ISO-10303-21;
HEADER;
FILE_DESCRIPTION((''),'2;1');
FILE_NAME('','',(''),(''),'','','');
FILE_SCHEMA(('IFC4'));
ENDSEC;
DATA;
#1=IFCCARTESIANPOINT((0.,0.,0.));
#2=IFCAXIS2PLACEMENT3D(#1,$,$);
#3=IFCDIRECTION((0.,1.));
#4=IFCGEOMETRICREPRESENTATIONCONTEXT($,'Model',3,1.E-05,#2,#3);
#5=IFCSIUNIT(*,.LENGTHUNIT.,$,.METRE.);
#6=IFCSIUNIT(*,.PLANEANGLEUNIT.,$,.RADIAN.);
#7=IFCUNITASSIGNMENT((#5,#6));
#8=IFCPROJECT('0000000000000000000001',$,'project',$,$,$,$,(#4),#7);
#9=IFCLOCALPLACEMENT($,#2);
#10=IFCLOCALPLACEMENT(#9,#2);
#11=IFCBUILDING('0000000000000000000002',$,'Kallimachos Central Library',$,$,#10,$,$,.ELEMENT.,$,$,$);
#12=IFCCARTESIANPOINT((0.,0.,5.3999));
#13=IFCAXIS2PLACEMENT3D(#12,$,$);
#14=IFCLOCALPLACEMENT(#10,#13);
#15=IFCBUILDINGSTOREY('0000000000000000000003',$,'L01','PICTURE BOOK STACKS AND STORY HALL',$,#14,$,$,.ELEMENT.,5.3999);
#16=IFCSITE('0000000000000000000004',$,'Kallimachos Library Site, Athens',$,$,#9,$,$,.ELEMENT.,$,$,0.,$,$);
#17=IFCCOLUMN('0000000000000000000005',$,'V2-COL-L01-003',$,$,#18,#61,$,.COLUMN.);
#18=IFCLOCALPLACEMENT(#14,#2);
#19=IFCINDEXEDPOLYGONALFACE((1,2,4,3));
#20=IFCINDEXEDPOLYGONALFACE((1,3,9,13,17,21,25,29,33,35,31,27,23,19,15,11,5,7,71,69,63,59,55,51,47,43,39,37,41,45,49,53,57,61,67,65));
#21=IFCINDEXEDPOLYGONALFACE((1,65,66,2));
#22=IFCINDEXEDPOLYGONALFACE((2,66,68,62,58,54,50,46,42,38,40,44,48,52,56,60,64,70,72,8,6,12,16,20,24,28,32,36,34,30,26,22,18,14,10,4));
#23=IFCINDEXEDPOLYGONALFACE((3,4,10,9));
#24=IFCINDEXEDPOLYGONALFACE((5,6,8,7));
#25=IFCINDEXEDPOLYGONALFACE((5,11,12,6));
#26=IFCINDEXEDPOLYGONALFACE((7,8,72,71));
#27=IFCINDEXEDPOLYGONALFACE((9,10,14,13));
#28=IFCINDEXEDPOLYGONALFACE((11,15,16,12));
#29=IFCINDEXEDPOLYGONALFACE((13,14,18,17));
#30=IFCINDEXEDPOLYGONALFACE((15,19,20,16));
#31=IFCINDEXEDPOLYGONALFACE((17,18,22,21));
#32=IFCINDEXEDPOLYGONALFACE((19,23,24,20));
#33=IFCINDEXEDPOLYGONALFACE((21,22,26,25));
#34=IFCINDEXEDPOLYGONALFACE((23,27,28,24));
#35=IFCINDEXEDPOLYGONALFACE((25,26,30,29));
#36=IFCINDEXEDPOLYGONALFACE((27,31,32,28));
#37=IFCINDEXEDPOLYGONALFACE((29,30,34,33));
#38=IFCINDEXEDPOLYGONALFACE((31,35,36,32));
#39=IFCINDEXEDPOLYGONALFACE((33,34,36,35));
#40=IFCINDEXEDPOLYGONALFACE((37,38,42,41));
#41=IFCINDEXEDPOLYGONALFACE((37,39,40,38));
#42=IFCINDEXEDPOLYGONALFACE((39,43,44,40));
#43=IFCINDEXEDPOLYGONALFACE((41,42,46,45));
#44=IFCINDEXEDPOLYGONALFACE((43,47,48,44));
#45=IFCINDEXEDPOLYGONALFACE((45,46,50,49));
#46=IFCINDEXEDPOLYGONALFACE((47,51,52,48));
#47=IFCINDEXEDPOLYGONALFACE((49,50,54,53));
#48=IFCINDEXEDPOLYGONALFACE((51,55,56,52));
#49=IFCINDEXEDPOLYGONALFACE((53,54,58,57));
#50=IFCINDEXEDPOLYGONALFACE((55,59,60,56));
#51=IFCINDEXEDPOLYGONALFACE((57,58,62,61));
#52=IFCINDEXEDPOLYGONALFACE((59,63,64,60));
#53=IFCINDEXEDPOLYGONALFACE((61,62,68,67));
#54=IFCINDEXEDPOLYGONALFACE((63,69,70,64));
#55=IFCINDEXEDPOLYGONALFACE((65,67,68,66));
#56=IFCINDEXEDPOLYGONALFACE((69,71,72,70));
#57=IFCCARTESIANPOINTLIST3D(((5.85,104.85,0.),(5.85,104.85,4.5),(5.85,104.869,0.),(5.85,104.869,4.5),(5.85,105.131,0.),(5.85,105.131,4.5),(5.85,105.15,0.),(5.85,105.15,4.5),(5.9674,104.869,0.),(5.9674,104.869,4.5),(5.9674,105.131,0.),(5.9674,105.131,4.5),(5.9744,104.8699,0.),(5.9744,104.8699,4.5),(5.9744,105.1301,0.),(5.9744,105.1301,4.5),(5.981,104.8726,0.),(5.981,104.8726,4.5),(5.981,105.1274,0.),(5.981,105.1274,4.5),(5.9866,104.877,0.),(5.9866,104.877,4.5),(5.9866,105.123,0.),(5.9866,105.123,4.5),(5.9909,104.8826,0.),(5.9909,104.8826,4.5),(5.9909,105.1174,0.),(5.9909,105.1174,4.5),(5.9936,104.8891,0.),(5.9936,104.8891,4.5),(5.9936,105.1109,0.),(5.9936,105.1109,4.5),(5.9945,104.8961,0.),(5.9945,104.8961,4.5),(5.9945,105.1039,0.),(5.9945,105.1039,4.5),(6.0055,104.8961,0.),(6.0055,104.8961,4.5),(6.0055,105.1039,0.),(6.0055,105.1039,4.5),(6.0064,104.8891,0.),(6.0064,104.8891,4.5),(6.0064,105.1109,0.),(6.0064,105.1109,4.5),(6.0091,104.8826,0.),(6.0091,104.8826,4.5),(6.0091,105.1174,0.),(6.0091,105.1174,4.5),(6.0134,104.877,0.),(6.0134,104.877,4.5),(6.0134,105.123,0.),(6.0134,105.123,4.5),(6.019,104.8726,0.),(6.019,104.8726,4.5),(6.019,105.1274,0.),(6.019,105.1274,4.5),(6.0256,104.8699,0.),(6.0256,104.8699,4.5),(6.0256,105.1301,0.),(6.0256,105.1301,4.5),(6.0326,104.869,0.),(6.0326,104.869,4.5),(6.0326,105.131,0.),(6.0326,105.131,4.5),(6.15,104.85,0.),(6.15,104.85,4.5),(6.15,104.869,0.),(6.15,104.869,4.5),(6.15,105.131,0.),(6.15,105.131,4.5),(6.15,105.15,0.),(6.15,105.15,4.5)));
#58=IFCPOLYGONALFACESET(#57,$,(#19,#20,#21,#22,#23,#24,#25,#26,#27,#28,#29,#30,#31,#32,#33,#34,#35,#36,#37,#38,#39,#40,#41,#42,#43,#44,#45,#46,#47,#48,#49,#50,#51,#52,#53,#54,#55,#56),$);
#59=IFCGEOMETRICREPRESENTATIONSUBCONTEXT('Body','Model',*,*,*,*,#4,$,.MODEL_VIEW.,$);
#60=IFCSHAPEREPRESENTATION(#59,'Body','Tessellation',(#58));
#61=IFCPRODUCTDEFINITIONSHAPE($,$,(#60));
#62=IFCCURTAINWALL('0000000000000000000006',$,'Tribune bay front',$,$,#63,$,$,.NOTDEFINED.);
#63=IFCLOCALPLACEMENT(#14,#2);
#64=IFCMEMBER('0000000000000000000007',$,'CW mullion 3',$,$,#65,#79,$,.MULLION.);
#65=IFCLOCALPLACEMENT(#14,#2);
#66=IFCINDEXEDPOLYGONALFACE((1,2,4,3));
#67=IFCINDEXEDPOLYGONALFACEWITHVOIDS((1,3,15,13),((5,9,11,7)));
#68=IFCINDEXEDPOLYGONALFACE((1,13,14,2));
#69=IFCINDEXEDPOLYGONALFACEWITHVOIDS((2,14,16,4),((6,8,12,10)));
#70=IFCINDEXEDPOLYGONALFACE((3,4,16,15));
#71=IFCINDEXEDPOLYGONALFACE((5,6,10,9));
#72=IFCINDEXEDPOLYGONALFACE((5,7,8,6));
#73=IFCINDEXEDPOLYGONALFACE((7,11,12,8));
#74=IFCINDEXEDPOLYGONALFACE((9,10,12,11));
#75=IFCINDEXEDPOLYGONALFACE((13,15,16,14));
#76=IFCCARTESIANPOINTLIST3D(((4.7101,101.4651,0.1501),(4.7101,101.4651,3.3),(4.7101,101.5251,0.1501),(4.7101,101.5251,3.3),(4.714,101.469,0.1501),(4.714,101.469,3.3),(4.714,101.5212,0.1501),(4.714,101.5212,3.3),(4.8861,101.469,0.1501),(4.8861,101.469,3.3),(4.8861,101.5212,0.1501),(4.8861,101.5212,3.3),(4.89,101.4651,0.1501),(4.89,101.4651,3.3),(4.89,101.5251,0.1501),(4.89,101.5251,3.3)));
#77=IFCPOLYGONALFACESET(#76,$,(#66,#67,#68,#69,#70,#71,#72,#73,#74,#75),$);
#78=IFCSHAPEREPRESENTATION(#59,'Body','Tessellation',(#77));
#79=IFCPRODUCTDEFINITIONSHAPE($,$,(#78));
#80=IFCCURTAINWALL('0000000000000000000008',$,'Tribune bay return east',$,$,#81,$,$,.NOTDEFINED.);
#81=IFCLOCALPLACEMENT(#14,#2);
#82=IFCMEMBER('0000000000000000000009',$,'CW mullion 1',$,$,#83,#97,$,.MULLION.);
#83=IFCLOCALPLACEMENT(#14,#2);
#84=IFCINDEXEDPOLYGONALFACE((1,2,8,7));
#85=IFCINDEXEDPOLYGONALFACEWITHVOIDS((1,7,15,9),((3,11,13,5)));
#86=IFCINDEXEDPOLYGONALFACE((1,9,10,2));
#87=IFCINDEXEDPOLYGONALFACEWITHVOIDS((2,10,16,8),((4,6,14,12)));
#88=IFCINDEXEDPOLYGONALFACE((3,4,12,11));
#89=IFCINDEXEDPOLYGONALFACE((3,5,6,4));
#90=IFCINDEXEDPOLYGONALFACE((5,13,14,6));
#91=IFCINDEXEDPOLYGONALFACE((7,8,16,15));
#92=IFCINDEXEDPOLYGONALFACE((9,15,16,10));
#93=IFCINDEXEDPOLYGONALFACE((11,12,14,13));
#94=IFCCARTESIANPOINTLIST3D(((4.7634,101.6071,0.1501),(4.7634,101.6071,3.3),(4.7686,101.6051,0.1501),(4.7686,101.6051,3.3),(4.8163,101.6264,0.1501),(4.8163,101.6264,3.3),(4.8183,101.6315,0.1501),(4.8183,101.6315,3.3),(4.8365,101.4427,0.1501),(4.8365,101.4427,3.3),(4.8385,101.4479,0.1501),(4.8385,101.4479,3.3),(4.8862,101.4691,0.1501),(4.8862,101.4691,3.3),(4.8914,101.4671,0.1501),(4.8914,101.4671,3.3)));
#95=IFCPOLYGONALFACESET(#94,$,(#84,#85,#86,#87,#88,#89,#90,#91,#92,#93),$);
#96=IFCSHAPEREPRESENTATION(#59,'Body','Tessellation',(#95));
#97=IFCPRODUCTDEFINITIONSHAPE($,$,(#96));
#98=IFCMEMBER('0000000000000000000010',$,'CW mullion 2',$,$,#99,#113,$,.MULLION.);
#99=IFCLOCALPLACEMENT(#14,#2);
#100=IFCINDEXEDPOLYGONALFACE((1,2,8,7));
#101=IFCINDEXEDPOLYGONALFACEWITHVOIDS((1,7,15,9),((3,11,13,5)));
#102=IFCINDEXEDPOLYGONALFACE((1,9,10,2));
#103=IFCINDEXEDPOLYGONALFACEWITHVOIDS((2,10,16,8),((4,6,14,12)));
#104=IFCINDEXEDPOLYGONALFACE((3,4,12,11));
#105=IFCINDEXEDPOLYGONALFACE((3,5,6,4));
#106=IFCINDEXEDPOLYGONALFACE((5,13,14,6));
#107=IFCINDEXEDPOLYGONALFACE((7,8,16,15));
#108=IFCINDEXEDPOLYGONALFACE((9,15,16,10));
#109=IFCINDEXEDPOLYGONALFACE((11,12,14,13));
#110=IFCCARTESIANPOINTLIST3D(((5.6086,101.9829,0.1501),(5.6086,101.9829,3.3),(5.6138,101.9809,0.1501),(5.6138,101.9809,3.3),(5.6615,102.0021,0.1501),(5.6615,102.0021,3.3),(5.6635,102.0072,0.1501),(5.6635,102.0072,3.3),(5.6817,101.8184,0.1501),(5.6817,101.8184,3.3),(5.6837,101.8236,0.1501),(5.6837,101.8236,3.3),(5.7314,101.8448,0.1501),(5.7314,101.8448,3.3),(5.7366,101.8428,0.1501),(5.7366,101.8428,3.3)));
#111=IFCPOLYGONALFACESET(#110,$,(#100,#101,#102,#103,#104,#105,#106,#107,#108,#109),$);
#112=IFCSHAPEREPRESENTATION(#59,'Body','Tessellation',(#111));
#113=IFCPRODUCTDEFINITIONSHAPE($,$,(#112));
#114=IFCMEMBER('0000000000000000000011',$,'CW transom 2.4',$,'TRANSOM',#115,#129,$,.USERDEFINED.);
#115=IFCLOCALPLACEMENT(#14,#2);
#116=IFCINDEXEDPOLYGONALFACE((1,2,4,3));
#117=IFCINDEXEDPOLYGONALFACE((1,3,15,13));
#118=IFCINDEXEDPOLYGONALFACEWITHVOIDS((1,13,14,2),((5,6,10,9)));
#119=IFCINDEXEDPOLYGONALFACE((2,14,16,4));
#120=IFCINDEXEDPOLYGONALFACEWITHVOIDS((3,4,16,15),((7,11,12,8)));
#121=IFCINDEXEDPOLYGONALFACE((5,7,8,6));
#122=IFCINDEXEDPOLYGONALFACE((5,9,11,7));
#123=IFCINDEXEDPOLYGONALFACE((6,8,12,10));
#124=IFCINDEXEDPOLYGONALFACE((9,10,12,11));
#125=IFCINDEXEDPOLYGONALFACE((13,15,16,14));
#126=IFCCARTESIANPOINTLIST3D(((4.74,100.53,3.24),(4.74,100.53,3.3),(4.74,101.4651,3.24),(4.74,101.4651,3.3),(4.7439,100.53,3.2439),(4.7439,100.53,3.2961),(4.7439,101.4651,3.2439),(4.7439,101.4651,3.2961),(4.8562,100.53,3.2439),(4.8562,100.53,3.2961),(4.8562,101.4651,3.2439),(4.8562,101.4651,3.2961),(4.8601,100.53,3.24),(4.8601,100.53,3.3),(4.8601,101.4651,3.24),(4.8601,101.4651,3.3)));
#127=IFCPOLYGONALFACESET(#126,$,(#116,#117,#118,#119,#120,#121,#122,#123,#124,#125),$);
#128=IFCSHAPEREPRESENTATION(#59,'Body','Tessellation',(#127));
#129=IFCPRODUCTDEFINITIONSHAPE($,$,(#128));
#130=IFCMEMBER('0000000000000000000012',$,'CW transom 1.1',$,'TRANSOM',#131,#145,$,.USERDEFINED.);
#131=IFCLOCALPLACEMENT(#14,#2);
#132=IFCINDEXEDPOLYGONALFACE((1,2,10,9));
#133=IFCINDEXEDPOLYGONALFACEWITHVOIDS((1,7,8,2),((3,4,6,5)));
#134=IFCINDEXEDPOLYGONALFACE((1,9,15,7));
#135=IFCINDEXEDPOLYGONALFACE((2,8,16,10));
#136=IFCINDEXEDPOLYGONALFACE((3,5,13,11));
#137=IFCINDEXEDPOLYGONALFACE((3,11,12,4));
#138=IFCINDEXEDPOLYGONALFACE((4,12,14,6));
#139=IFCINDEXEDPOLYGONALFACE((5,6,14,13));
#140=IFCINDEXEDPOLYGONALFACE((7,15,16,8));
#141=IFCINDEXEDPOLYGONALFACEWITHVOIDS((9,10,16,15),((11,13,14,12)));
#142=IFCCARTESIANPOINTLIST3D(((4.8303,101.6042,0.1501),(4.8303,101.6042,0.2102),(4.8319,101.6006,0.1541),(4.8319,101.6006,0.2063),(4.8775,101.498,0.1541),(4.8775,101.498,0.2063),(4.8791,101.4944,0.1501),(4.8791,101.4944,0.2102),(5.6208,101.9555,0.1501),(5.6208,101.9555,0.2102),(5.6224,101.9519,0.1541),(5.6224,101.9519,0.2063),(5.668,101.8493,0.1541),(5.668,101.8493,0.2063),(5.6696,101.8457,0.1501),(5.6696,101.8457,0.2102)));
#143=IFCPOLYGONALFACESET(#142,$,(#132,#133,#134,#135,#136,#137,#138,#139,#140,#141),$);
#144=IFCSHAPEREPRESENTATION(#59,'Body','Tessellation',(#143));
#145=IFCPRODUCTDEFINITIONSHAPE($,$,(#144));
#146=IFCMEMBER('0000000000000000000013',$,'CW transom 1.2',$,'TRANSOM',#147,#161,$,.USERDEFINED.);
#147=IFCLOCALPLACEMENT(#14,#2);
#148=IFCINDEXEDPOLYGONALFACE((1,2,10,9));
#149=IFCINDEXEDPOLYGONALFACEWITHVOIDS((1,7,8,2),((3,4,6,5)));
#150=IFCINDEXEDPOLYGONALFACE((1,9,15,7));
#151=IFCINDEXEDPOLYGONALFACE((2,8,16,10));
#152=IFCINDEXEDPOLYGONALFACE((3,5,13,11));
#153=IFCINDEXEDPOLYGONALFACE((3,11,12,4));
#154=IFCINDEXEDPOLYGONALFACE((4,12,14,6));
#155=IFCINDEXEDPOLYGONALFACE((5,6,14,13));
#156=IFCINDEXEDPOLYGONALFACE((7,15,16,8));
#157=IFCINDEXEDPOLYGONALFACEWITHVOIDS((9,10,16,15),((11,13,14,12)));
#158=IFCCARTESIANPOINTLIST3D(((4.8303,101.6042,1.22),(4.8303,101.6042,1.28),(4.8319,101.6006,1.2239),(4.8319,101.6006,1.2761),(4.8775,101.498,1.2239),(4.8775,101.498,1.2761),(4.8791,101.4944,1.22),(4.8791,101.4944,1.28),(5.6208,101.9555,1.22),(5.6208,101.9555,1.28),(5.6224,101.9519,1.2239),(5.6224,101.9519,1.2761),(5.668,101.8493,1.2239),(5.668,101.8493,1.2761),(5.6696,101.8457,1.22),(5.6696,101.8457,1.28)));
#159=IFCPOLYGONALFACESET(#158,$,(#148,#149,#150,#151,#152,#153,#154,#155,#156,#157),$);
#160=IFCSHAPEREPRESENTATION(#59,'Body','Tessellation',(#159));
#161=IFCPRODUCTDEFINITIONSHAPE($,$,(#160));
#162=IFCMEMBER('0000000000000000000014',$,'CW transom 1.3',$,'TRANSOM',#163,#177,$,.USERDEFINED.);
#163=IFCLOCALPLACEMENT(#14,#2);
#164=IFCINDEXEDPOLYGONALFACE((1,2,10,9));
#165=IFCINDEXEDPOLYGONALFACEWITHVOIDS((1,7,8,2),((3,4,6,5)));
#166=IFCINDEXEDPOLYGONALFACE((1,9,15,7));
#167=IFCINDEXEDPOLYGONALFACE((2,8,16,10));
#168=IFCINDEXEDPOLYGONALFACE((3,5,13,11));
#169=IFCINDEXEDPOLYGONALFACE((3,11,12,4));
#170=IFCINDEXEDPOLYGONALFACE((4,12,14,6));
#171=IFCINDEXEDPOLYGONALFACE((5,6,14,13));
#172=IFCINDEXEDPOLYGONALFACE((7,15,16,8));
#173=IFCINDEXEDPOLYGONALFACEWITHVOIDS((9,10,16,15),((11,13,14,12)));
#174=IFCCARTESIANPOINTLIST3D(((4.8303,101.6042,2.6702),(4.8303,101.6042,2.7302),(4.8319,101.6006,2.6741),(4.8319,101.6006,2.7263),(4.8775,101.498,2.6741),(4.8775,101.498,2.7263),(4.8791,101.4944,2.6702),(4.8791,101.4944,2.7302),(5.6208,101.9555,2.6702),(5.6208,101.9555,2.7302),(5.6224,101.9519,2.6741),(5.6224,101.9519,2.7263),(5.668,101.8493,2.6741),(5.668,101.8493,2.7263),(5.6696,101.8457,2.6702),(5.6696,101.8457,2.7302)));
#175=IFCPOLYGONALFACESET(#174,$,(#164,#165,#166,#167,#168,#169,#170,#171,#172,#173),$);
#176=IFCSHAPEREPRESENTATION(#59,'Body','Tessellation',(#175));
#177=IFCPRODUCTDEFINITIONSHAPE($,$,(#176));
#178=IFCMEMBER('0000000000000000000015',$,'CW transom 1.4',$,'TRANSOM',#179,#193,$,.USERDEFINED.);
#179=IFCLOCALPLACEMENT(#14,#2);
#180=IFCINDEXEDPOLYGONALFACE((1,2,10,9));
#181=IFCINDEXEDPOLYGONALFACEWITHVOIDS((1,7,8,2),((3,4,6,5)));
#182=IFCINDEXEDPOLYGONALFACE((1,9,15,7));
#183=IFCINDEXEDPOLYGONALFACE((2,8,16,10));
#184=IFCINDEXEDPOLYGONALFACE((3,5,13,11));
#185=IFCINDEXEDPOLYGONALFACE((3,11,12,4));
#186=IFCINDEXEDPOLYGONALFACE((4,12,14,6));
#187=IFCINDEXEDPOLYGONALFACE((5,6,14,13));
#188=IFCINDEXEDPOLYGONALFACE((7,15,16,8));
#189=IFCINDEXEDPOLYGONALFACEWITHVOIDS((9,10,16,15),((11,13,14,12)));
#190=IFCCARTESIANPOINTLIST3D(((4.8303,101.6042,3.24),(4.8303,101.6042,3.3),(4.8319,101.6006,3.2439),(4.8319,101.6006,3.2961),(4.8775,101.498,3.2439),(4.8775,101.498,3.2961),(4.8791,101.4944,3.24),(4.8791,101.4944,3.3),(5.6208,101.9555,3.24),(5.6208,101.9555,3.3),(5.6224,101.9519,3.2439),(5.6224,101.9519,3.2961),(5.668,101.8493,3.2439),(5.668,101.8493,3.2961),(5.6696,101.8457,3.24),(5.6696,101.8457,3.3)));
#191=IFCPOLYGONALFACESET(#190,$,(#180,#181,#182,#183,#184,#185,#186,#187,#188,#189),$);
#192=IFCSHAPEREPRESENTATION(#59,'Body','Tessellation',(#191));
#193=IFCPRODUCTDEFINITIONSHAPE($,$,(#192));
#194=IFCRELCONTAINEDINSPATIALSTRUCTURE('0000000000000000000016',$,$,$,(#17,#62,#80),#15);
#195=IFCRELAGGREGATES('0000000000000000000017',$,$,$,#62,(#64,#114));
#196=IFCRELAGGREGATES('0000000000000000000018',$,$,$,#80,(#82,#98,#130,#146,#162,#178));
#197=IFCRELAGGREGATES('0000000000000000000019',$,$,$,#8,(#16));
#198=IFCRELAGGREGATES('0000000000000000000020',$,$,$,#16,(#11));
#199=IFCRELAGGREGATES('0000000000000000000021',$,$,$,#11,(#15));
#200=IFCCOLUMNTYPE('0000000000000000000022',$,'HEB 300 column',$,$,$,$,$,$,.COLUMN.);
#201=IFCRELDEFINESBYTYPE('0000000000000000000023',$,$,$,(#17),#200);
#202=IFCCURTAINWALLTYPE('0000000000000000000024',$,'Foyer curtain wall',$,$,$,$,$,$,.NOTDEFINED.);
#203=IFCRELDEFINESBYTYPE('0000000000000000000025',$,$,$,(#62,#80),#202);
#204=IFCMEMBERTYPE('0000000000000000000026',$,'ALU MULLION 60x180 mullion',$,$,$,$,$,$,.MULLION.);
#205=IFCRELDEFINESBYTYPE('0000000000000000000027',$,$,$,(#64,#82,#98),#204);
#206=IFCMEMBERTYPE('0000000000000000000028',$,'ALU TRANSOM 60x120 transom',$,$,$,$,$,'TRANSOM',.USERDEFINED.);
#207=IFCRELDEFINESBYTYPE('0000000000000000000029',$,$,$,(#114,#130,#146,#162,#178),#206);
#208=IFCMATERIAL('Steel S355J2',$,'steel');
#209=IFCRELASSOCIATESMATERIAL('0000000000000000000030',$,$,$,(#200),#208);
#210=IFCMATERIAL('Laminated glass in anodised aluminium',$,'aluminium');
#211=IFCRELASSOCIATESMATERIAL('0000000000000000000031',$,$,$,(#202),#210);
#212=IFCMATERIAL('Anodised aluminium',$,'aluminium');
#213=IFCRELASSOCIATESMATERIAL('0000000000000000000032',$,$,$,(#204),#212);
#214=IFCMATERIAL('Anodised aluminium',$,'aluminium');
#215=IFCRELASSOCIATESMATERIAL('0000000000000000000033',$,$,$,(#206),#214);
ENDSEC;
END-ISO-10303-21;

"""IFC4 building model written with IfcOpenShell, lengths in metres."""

from ifc_helpers import new_model, si_unit, direction, frame, origin, origin_2d, place, context, subcontext, project, spatial, hollow_rectangle, i_section, extrude, material, material_profile, profile_set, type_object, element, aggregate, save


model = new_model("IFC4")

# Units and contexts
model_context = context("Model", 3, precision=1e-05, world=origin(), true_north=direction((0.0, 1.0)))
body_context = subcontext(model_context, "Body", "Model", "MODEL_VIEW")
ifc_project = project(units=[si_unit("LENGTHUNIT", "METRE"), si_unit("PLANEANGLEUNIT", "RADIAN")], contexts=[model_context])

# Site, building, storey
site_placement = place(None, origin())
site = spatial("IfcSite", under=ifc_project, at=site_placement, Name="Kallimachos Library Site, Athens", CompositionType="ELEMENT", RefElevation=0.0)
building_placement = place(site_placement, origin())
building = spatial("IfcBuilding", under=site, at=building_placement, Name="Kallimachos Central Library", CompositionType="ELEMENT")
storey_placement = place(building_placement, frame((0.0, 0.0, 5.3999)))
storey = spatial("IfcBuildingStorey", under=building, at=storey_placement, Name="L01", Description="PICTURE BOOK STACKS AND STORY HALL", CompositionType="ELEMENT", Elevation=5.3999)

# Column
ifc_material_1 = material(Name="Steel S355J2", Category="steel")
ifc_material_profile_1 = material_profile(ifc_material_1, i_section(OverallWidth=0.3, OverallDepth=0.3, WebThickness=0.011, FlangeThickness=0.019, FilletRadius=0.0271, at=origin_2d()), Name="HEB 300")
ifc_profile_set_1 = profile_set([ifc_material_profile_1], Name="Steel S355J2")
column_type = type_object("IfcColumnType", Name="HEB 300 column", PredefinedType="COLUMN", material=ifc_profile_set_1)
column_placement = place(storey_placement, frame((6.0, 105.0, 0.0), z_axis=(0.0, 0.0, 1.0), x_axis=(1.0, 0.0, 0.0)))
element("IfcColumn", 1, at=column_placement, inside=storey, type_object=column_type, Name="V2-COL-L01-003", PredefinedType="COLUMN", context=body_context, shape_type="SweptSolid", body=[
    extrude(i_section(OverallWidth=0.3, OverallDepth=0.3, WebThickness=0.011, FlangeThickness=0.019, FilletRadius=0.0271, at=origin_2d()), origin(), (0.0, 0.0, 1.0), 4.5),
])

# Curtain wall, member
ifc_material_2 = material(Name="Laminated glass in anodised aluminium", Category="aluminium")
curtain_wall_type = type_object("IfcCurtainWallType", Name="Foyer curtain wall", PredefinedType="NOTDEFINED", material=ifc_material_2)
curtain_wall_1_placement = place(storey_placement, origin())
curtain_wall_1 = element("IfcCurtainWall", 2, at=curtain_wall_1_placement, inside=storey, type_object=curtain_wall_type, Name="Tribune bay front", PredefinedType="NOTDEFINED")
ifc_material_3 = material(Name="Anodised aluminium", Category="aluminium")
ifc_material_profile_2 = material_profile(ifc_material_3, hollow_rectangle(XDim=0.0601, YDim=0.1799, WallThickness=0.0039, at=origin_2d()), Name="ALU MULLION 60x180")
ifc_profile_set_2 = profile_set([ifc_material_profile_2], Name="Anodised aluminium")
member_type_1 = type_object("IfcMemberType", Name="ALU MULLION 60x180 mullion", PredefinedType="MULLION", material=ifc_profile_set_2)
member_1_placement = place(storey_placement, frame((4.8, 101.4951, 0.1501), z_axis=(0.0, 0.0, 1.0), x_axis=(0.0, 1.0, 0.0)))
member_1 = element("IfcMember", 3, at=member_1_placement, type_object=member_type_1, Name="CW mullion 3", PredefinedType="MULLION", context=body_context, shape_type="SweptSolid", body=[
    extrude(hollow_rectangle(XDim=0.0601, YDim=0.1799, WallThickness=0.0039, at=origin_2d()), origin(), (0.0, 0.0, 1.0), 3.1499),
])

# Curtain wall, members
curtain_wall_2_placement = place(storey_placement, origin())
curtain_wall_2 = element("IfcCurtainWall", 4, at=curtain_wall_2_placement, inside=storey, type_object=curtain_wall_type, Name="Tribune bay return east", PredefinedType="NOTDEFINED")
member_2_placement = place(storey_placement, frame((4.8274, 101.5371, 0.1501), z_axis=(0.0, 0.0, 1.0), x_axis=(0.913812, 0.406138, 0.0)))
member_2 = element("IfcMember", 5, at=member_2_placement, type_object=member_type_1, Name="CW mullion 1", PredefinedType="MULLION", context=body_context, shape_type="SweptSolid", body=[
    extrude(hollow_rectangle(XDim=0.0601, YDim=0.1799, WallThickness=0.0039, at=origin_2d()), origin(), (0.0, 0.0, 1.0), 3.1499),
])
member_3_placement = place(storey_placement, frame((5.6726, 101.9128, 0.1501), z_axis=(0.0, 0.0, 1.0), x_axis=(0.913812, 0.406138, 0.0)))
member_3 = element("IfcMember", 6, at=member_3_placement, type_object=member_type_1, Name="CW mullion 2", PredefinedType="MULLION", context=body_context, shape_type="SweptSolid", body=[
    extrude(hollow_rectangle(XDim=0.0601, YDim=0.1799, WallThickness=0.0039, at=origin_2d()), origin(), (0.0, 0.0, 1.0), 3.1499),
])

# Members
ifc_material_4 = material(Name="Anodised aluminium", Category="aluminium")
ifc_material_profile_3 = material_profile(ifc_material_4, hollow_rectangle(XDim=0.0601, YDim=0.1201, WallThickness=0.0039, at=origin_2d()), Name="ALU TRANSOM 60x120")
ifc_profile_set_3 = profile_set([ifc_material_profile_3], Name="Anodised aluminium")
member_type_2 = type_object("IfcMemberType", Name="ALU TRANSOM 60x120 transom", ElementType="TRANSOM", PredefinedType="USERDEFINED", material=ifc_profile_set_3)
member_4_placement = place(storey_placement, frame((4.8, 100.53, 3.27), z_axis=(0.0, 1.0, 0.0), x_axis=(0.0, 0.0, 1.0)))
member_4 = element("IfcMember", 7, at=member_4_placement, type_object=member_type_2, Name="CW transom 2.4", ObjectType="TRANSOM", PredefinedType="USERDEFINED", context=body_context, shape_type="SweptSolid", body=[
    extrude(hollow_rectangle(XDim=0.0601, YDim=0.1201, WallThickness=0.0039, at=origin_2d()), origin(), (0.0, 0.0, 1.0), 0.9351),
])
member_5_placement = place(storey_placement, frame((4.8547, 101.5493, 0.1802), z_axis=(0.913823, 0.406112, 0.0), x_axis=(0.0, 0.0, 1.0)))
member_5 = element("IfcMember", 8, at=member_5_placement, type_object=member_type_2, Name="CW transom 1.1", ObjectType="TRANSOM", PredefinedType="USERDEFINED", context=body_context, shape_type="SweptSolid", body=[
    extrude(hollow_rectangle(XDim=0.0601, YDim=0.1201, WallThickness=0.0039, at=origin_2d()), origin(), (0.0, 0.0, 1.0), 0.865),
])
member_6_placement = place(storey_placement, frame((4.8547, 101.5493, 1.25), z_axis=(0.913823, 0.406112, 0.0), x_axis=(0.0, 0.0, 1.0)))
member_6 = element("IfcMember", 9, at=member_6_placement, type_object=member_type_2, Name="CW transom 1.2", ObjectType="TRANSOM", PredefinedType="USERDEFINED", context=body_context, shape_type="SweptSolid", body=[
    extrude(hollow_rectangle(XDim=0.0601, YDim=0.1201, WallThickness=0.0039, at=origin_2d()), origin(), (0.0, 0.0, 1.0), 0.865),
])
member_7_placement = place(storey_placement, frame((4.8547, 101.5493, 2.7002), z_axis=(0.913823, 0.406112, 0.0), x_axis=(0.0, 0.0, 1.0)))
member_7 = element("IfcMember", 10, at=member_7_placement, type_object=member_type_2, Name="CW transom 1.3", ObjectType="TRANSOM", PredefinedType="USERDEFINED", context=body_context, shape_type="SweptSolid", body=[
    extrude(hollow_rectangle(XDim=0.0601, YDim=0.1201, WallThickness=0.0039, at=origin_2d()), origin(), (0.0, 0.0, 1.0), 0.865),
])
member_8_placement = place(storey_placement, frame((4.8547, 101.5493, 3.27), z_axis=(0.913823, 0.406112, 0.0), x_axis=(0.0, 0.0, 1.0)))
member_8 = element("IfcMember", 11, at=member_8_placement, type_object=member_type_2, Name="CW transom 1.4", ObjectType="TRANSOM", PredefinedType="USERDEFINED", context=body_context, shape_type="SweptSolid", body=[
    extrude(hollow_rectangle(XDim=0.0601, YDim=0.1201, WallThickness=0.0039, at=origin_2d()), origin(), (0.0, 0.0, 1.0), 0.865),
])

aggregate(curtain_wall_1, [member_1, member_4])
aggregate(curtain_wall_2, [member_2, member_3, member_5, member_6, member_7, member_8])

save(model, "model.ifc")
